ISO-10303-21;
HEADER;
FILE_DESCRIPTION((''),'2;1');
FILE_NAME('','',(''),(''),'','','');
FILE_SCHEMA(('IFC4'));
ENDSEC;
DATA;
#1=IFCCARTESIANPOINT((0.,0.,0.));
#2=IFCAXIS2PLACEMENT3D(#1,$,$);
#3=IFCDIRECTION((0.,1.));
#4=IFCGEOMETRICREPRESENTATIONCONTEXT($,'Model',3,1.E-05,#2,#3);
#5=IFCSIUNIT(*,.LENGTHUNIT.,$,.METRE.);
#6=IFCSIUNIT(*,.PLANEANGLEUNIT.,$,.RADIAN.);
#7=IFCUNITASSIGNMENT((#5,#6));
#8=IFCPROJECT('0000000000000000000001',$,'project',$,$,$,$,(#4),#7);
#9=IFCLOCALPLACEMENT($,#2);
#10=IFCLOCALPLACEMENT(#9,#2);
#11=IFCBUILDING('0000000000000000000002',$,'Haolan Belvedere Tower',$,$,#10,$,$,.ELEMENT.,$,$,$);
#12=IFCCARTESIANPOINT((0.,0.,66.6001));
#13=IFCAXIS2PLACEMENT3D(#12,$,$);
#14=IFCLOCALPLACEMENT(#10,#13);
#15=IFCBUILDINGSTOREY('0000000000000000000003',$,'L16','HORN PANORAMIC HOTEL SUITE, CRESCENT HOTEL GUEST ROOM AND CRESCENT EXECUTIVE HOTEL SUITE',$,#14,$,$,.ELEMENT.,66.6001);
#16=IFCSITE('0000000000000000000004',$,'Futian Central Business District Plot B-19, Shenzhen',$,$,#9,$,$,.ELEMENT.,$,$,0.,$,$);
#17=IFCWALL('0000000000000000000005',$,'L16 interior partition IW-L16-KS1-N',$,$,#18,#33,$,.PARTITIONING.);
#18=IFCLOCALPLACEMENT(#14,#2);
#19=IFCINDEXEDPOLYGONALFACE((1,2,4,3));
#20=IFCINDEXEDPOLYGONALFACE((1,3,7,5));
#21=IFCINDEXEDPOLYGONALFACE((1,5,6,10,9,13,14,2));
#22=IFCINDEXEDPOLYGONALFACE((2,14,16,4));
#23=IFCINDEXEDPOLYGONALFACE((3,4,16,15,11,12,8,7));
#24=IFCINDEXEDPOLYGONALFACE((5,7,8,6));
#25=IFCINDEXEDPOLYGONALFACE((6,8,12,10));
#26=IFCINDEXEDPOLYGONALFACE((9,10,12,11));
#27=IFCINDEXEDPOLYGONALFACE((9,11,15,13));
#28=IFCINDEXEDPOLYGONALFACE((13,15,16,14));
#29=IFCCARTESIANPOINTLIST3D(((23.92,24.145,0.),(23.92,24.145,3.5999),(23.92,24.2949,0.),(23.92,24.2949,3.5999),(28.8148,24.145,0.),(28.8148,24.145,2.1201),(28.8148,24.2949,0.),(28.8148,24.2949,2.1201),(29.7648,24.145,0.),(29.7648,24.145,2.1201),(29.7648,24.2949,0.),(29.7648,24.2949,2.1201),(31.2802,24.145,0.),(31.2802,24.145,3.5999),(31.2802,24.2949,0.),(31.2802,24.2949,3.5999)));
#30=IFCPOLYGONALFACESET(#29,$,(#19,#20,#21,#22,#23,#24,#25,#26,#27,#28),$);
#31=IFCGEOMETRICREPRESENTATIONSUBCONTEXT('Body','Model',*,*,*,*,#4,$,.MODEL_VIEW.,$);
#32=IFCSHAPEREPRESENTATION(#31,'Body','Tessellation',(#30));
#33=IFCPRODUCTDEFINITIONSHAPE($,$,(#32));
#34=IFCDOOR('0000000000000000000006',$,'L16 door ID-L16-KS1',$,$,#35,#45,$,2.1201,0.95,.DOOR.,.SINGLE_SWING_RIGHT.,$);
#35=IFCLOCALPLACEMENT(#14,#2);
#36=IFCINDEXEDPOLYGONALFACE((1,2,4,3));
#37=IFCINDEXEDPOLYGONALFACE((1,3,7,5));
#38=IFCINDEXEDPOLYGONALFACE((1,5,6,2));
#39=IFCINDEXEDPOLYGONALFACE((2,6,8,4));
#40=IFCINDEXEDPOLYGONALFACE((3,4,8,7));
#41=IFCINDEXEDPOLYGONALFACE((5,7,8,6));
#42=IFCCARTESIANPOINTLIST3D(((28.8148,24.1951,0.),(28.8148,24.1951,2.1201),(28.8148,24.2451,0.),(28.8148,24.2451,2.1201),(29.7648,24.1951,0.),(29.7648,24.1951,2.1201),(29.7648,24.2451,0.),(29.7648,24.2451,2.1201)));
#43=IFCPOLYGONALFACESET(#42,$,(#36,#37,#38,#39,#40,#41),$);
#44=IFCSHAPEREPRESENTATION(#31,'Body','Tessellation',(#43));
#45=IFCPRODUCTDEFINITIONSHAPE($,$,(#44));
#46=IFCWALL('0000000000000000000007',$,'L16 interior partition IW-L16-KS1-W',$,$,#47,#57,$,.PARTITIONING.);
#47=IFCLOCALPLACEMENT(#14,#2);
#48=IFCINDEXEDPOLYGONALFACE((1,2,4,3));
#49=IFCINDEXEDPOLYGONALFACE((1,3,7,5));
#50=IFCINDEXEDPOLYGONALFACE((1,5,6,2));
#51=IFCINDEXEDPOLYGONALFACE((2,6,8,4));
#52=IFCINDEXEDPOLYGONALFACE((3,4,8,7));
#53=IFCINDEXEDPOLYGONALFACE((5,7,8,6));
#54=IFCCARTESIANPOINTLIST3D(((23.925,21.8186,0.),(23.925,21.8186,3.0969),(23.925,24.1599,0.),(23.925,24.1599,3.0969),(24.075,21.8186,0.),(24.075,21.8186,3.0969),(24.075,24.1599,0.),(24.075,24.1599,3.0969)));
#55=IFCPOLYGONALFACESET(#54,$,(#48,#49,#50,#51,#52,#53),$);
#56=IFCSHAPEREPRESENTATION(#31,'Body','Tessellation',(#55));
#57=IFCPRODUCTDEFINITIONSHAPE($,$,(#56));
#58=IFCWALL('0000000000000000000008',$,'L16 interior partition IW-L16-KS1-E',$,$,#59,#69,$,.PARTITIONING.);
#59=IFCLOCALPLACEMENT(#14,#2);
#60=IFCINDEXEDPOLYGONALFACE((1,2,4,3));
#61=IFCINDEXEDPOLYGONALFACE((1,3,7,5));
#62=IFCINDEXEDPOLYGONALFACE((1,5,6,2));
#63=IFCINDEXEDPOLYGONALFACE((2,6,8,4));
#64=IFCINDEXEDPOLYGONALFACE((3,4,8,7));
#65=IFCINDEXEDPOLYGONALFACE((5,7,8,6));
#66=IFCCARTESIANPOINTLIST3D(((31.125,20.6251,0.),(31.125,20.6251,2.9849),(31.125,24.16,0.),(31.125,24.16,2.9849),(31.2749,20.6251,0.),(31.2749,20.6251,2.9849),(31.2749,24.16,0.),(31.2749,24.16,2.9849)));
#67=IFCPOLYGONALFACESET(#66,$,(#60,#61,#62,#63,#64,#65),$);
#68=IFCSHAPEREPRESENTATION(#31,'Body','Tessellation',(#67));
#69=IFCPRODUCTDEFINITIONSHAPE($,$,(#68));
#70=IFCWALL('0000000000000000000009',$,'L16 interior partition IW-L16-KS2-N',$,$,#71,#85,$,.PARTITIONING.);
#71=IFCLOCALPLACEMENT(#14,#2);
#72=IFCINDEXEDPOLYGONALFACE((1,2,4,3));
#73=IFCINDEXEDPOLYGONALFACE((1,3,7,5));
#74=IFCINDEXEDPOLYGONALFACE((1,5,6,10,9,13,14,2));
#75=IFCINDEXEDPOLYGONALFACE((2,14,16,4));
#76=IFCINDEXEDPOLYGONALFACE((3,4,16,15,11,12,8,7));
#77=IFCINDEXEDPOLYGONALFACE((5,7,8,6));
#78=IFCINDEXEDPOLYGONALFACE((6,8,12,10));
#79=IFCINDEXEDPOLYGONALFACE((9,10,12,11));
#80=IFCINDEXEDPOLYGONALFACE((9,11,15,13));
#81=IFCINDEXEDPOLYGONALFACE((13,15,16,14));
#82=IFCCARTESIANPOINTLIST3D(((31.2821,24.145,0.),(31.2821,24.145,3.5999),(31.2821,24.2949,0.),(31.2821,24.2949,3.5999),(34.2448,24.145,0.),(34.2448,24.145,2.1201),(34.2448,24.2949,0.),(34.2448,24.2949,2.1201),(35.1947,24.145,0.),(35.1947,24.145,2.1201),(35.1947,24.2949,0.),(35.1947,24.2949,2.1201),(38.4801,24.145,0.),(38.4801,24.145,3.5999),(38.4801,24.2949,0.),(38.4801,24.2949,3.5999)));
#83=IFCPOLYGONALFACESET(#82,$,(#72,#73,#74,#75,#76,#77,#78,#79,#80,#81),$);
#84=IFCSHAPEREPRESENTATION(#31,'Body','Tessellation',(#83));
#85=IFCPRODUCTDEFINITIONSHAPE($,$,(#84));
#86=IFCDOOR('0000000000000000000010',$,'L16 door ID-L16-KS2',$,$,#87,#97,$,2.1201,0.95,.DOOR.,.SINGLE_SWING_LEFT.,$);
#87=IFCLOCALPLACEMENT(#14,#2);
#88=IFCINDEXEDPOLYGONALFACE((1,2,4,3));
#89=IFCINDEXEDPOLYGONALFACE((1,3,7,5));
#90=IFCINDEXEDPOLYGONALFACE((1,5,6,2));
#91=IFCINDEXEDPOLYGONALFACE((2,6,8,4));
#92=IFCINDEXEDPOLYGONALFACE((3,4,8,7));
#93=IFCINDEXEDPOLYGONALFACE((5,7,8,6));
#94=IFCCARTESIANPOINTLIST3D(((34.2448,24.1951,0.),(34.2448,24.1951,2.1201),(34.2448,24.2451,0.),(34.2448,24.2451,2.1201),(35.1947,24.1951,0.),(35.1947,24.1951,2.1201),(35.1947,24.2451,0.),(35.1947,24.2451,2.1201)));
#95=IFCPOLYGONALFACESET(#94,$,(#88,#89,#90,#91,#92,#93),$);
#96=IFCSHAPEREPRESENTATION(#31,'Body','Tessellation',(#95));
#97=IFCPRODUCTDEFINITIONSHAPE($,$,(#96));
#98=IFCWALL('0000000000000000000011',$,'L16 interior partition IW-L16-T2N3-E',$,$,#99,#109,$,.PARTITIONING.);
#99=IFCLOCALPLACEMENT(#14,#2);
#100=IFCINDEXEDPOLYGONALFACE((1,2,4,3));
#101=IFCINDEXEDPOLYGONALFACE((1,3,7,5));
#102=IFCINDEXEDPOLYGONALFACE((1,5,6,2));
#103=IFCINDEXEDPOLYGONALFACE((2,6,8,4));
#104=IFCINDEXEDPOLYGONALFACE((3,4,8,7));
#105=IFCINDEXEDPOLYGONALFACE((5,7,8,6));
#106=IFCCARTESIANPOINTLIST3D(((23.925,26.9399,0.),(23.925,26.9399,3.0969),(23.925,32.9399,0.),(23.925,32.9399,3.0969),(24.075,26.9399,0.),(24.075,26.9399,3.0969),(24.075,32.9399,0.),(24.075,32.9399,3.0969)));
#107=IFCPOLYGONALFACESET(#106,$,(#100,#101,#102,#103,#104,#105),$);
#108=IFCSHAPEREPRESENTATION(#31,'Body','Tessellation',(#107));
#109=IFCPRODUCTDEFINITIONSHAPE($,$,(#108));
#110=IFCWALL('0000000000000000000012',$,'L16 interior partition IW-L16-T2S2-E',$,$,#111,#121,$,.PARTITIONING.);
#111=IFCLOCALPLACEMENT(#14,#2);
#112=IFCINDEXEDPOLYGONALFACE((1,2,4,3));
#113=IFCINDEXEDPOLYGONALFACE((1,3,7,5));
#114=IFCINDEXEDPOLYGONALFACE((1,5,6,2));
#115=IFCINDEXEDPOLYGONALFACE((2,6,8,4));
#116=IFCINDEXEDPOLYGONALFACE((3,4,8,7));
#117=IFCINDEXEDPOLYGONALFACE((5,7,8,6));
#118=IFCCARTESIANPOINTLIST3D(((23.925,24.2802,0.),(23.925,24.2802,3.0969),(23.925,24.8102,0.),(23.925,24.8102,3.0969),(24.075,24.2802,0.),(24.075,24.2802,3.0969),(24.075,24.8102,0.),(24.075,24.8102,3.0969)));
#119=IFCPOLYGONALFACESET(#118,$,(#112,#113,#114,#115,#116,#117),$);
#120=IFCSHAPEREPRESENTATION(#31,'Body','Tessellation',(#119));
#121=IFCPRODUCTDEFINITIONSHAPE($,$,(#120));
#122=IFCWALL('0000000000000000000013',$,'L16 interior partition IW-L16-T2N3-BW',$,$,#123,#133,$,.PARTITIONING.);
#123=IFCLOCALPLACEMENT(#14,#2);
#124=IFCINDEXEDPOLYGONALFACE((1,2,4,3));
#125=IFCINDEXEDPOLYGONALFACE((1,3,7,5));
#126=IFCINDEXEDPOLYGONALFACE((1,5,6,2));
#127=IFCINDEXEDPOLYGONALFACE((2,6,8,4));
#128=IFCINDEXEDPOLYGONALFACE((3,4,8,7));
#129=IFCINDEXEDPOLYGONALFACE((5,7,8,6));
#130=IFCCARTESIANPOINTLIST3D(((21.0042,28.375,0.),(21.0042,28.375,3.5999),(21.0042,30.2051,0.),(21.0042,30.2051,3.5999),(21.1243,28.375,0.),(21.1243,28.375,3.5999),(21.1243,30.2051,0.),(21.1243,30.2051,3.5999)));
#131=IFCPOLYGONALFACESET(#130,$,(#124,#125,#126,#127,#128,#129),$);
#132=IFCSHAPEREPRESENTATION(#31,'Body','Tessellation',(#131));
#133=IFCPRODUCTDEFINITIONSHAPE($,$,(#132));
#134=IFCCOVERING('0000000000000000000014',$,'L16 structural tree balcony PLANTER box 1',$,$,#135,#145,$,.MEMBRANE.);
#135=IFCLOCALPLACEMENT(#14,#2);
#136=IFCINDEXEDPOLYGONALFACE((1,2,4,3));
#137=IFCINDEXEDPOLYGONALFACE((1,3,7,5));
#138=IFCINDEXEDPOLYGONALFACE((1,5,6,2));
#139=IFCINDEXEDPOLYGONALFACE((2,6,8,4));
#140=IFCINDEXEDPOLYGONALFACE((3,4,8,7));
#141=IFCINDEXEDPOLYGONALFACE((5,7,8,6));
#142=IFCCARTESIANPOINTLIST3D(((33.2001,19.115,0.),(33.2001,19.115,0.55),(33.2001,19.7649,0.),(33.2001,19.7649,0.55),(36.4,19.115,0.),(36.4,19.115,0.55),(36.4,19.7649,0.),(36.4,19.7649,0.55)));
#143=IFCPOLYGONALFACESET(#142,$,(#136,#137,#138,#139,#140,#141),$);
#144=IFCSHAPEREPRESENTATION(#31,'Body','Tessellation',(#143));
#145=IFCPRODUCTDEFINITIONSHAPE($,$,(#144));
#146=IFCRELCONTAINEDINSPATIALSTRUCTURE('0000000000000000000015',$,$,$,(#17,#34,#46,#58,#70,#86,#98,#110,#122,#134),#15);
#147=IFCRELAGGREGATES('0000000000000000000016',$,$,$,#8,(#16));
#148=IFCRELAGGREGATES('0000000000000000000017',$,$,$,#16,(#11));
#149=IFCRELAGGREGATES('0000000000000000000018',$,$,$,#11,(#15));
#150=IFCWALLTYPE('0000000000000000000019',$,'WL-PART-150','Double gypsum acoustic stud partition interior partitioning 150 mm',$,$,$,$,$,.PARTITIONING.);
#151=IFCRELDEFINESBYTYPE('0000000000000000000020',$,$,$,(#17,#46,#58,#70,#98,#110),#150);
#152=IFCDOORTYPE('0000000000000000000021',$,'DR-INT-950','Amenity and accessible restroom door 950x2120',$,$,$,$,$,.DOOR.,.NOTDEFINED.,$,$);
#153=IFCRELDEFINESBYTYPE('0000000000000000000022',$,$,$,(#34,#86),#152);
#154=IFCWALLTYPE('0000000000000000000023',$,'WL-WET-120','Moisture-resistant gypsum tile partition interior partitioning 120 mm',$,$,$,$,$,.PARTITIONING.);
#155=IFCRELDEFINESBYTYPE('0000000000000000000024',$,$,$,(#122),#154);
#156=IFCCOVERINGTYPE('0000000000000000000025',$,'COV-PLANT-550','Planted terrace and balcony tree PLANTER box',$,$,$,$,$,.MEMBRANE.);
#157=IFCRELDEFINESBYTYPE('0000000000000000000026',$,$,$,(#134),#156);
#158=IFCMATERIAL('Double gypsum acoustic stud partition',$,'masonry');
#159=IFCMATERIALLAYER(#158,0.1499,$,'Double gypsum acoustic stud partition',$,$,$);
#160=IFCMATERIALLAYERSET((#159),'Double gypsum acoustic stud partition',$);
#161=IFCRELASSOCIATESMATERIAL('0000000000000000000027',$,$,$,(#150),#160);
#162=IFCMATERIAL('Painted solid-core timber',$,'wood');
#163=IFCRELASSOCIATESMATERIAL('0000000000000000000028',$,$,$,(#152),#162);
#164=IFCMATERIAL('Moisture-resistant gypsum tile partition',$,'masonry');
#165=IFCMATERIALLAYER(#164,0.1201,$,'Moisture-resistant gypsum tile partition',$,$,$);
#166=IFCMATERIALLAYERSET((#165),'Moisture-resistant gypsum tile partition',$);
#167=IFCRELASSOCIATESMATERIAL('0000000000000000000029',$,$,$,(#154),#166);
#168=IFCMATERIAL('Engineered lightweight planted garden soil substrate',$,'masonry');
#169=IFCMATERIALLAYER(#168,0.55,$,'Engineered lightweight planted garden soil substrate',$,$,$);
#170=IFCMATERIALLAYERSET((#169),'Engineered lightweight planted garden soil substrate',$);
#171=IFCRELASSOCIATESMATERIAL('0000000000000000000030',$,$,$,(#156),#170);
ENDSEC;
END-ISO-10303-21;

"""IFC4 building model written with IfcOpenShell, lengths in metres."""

from ifc_helpers import new_model, si_unit, direction, frame, frame_2d, origin, origin_2d, place, context, subcontext, project, spatial, rectangle, extrude, material, layer, layer_set, type_object, element, fill, save


model = new_model("IFC4")

# Units and contexts
model_context = context("Model", 3, precision=1e-05, world=origin(), true_north=direction((0.0, 1.0)))
body_context = subcontext(model_context, "Body", "Model", "MODEL_VIEW")
ifc_project = project(units=[si_unit("LENGTHUNIT", "METRE"), si_unit("PLANEANGLEUNIT", "RADIAN")], contexts=[model_context])

# Site, building, storey
site_placement = place(None, origin())
site = spatial("IfcSite", under=ifc_project, at=site_placement, Name="Futian Central Business District Plot B-19, Shenzhen", CompositionType="ELEMENT", RefElevation=0.0)
building_placement = place(site_placement, origin())
building = spatial("IfcBuilding", under=site, at=building_placement, Name="Haolan Belvedere Tower", CompositionType="ELEMENT")
storey_placement = place(building_placement, frame((0.0, 0.0, 66.6001)))
storey = spatial("IfcBuildingStorey", under=building, at=storey_placement, Name="L16", Description="HORN PANORAMIC HOTEL SUITE, CRESCENT HOTEL GUEST ROOM AND CRESCENT EXECUTIVE HOTEL SUITE", CompositionType="ELEMENT", Elevation=66.6001)

# Shared definitions
ifc_material_1 = material(Name="Double gypsum acoustic stud partition", Category="masonry")
ifc_layer_1 = layer(ifc_material_1, 0.1499, Name="Double gypsum acoustic stud partition")
ifc_layer_set_1 = layer_set([ifc_layer_1], Name="Double gypsum acoustic stud partition")
wall_type_1 = type_object("IfcWallType", Name="WL-PART-150", Description="Double gypsum acoustic stud partition interior partitioning 150 mm", PredefinedType="PARTITIONING", material=ifc_layer_set_1)

# Wall, opening, door
wall_1_placement = place(storey_placement, frame((23.9199, 24.22, 0.0), z_axis=(0.0, 0.0, 1.0), x_axis=(1.0, 0.0, 0.0)))
wall_1 = element("IfcWall", 1, at=wall_1_placement, inside=storey, type_object=wall_type_1, Name="L16 interior partition IW-L16-KS1-N", PredefinedType="PARTITIONING", context=body_context, shape_type="SweptSolid", body=[
    extrude(rectangle(XDim=7.3601, YDim=0.1499, at=frame_2d((3.6802, 0.0))), origin(), (0.0, 0.0, 1.0), 3.5999),
])
opening_1_placement = place(wall_1_placement, frame((5.845, 0.0, 0.0), z_axis=(0.0, 0.0, 1.0), x_axis=(-1.0, 0.0, 0.0)))
opening_1 = element("IfcOpeningElement", 2, at=opening_1_placement, cuts=wall_1, PredefinedType="OPENING", context=body_context, shape_type="SweptSolid", body=[
    extrude(rectangle(XDim=0.95, YDim=2.1201, at=frame_2d((0.4751, 1.0601))), frame((0.0, 0.085, 0.0), z_axis=(0.0, -1.0, 0.0), x_axis=(1.0, 0.0, 0.0)), (0.0, 0.0, 1.0), 0.1699),
])
ifc_material_2 = material(Name="Painted solid-core timber", Category="wood")
door_type_1 = type_object("IfcDoorType", Name="DR-INT-950", Description="Amenity and accessible restroom door 950x2120", OperationType="NOTDEFINED", PredefinedType="DOOR", material=ifc_material_2)
door_1_placement = place(opening_1_placement, origin())
door_1 = element("IfcDoor", 3, at=door_1_placement, inside=storey, type_object=door_type_1, Name="L16 door ID-L16-KS1", OperationType="SINGLE_SWING_RIGHT", OverallHeight=2.1201, OverallWidth=0.95, PredefinedType="DOOR", context=body_context, shape_type="SweptSolid", body=[
    extrude(rectangle(XDim=0.95, YDim=2.1201, at=frame_2d((0.4751, 1.0601))), frame((0.0, 0.0249, 0.0), z_axis=(0.0, -1.0, 0.0), x_axis=(1.0, 0.0, 0.0)), (0.0, 0.0, 1.0), 0.05),
])
fill(opening_1, door_1)

# Walls
wall_2_placement = place(storey_placement, frame((24.0, 21.8186, 0.0), z_axis=(0.0, 0.0, 1.0), x_axis=(0.0, 1.0, 0.0)))
element("IfcWall", 4, at=wall_2_placement, inside=storey, type_object=wall_type_1, Name="L16 interior partition IW-L16-KS1-W", PredefinedType="PARTITIONING", context=body_context, shape_type="SweptSolid", body=[
    extrude(rectangle(XDim=2.3413, YDim=0.1499, at=frame_2d((1.1707, 0.0))), origin(), (0.0, 0.0, 1.0), 3.0969),
])
wall_3_placement = place(storey_placement, frame((31.2, 20.625, 0.0), z_axis=(0.0, 0.0, 1.0), x_axis=(0.0, 1.0, 0.0)))
element("IfcWall", 5, at=wall_3_placement, inside=storey, type_object=wall_type_1, Name="L16 interior partition IW-L16-KS1-E", PredefinedType="PARTITIONING", context=body_context, shape_type="SweptSolid", body=[
    extrude(rectangle(XDim=3.5349, YDim=0.1499, at=frame_2d((1.7676, 0.0))), origin(), (0.0, 0.0, 1.0), 2.9849),
])

# Wall, opening, door
wall_4_placement = place(storey_placement, frame((31.282, 24.22, 0.0), z_axis=(0.0, 0.0, 1.0), x_axis=(1.0, 0.0, 0.0)))
wall_4 = element("IfcWall", 6, at=wall_4_placement, inside=storey, type_object=wall_type_1, Name="L16 interior partition IW-L16-KS2-N", PredefinedType="PARTITIONING", context=body_context, shape_type="SweptSolid", body=[
    extrude(rectangle(XDim=7.198, YDim=0.1499, at=frame_2d((3.5991, 0.0))), origin(), (0.0, 0.0, 1.0), 3.5999),
])
opening_2_placement = place(wall_4_placement, frame((3.9128, 0.0, 0.0), z_axis=(0.0, 0.0, 1.0), x_axis=(-1.0, 0.0, 0.0)))
opening_2 = element("IfcOpeningElement", 7, at=opening_2_placement, cuts=wall_4, PredefinedType="OPENING", context=body_context, shape_type="SweptSolid", body=[
    extrude(rectangle(XDim=0.95, YDim=2.1201, at=frame_2d((0.4751, 1.0601))), frame((0.0, 0.085, 0.0), z_axis=(0.0, -1.0, 0.0), x_axis=(1.0, 0.0, 0.0)), (0.0, 0.0, 1.0), 0.1699),
])
door_2_placement = place(opening_2_placement, origin())
door_2 = element("IfcDoor", 8, at=door_2_placement, inside=storey, type_object=door_type_1, Name="L16 door ID-L16-KS2", OperationType="SINGLE_SWING_LEFT", OverallHeight=2.1201, OverallWidth=0.95, PredefinedType="DOOR", context=body_context, shape_type="SweptSolid", body=[
    extrude(rectangle(XDim=0.95, YDim=2.1201, at=frame_2d((0.4751, 1.0601))), frame((0.0, 0.0249, 0.0), z_axis=(0.0, -1.0, 0.0), x_axis=(1.0, 0.0, 0.0)), (0.0, 0.0, 1.0), 0.05),
])
fill(opening_2, door_2)

# Walls
wall_5_placement = place(storey_placement, frame((24.0, 26.9399, 0.0), z_axis=(0.0, 0.0, 1.0), x_axis=(0.0, 1.0, 0.0)))
element("IfcWall", 9, at=wall_5_placement, inside=storey, type_object=wall_type_1, Name="L16 interior partition IW-L16-T2N3-E", PredefinedType="PARTITIONING", context=body_context, shape_type="SweptSolid", body=[
    extrude(rectangle(XDim=6.0, YDim=0.1499, at=frame_2d((3.0, 0.0))), origin(), (0.0, 0.0, 1.0), 3.0969),
])
wall_6_placement = place(storey_placement, frame((24.0, 24.28, 0.0), z_axis=(0.0, 0.0, 1.0), x_axis=(0.0, 1.0, 0.0)))
element("IfcWall", 10, at=wall_6_placement, inside=storey, type_object=wall_type_1, Name="L16 interior partition IW-L16-T2S2-E", PredefinedType="PARTITIONING", context=body_context, shape_type="SweptSolid", body=[
    extrude(rectangle(XDim=0.53, YDim=0.1499, at=frame_2d((0.2651, 0.0))), origin(), (0.0, 0.0, 1.0), 3.0969),
])
ifc_material_3 = material(Name="Moisture-resistant gypsum tile partition", Category="masonry")
ifc_layer_2 = layer(ifc_material_3, 0.1201, Name="Moisture-resistant gypsum tile partition")
ifc_layer_set_2 = layer_set([ifc_layer_2], Name="Moisture-resistant gypsum tile partition")
wall_type_2 = type_object("IfcWallType", Name="WL-WET-120", Description="Moisture-resistant gypsum tile partition interior partitioning 120 mm", PredefinedType="PARTITIONING", material=ifc_layer_set_2)
wall_7_placement = place(storey_placement, frame((21.0642, 28.375, 0.0), z_axis=(0.0, 0.0, 1.0), x_axis=(0.0, 1.0, 0.0)))
element("IfcWall", 11, at=wall_7_placement, inside=storey, type_object=wall_type_2, Name="L16 interior partition IW-L16-T2N3-BW", PredefinedType="PARTITIONING", context=body_context, shape_type="SweptSolid", body=[
    extrude(rectangle(XDim=1.8301, YDim=0.1201, at=frame_2d((0.915, 0.0))), origin(), (0.0, 0.0, 1.0), 3.5999),
])

# Covering
ifc_material_4 = material(Name="Engineered lightweight planted garden soil substrate", Category="masonry")
ifc_layer_3 = layer(ifc_material_4, 0.55, Name="Engineered lightweight planted garden soil substrate")
ifc_layer_set_3 = layer_set([ifc_layer_3], Name="Engineered lightweight planted garden soil substrate")
covering_type = type_object("IfcCoveringType", Name="COV-PLANT-550", Description="Planted terrace and balcony tree PLANTER box", PredefinedType="MEMBRANE", material=ifc_layer_set_3)
covering_placement = place(storey_placement, frame((34.8, 19.4399, 0.0), z_axis=(0.0, 0.0, 1.0), x_axis=(1.0, 0.0, 0.0)))
element("IfcCovering", 12, at=covering_placement, inside=storey, type_object=covering_type, Name="L16 structural tree balcony PLANTER box 1", PredefinedType="MEMBRANE", context=body_context, shape_type="SweptSolid", body=[
    extrude(rectangle(XDim=3.2, YDim=0.6499, at=origin_2d()), origin(), (0.0, 0.0, 1.0), 0.55),
])

save(model, "model.ifc")
